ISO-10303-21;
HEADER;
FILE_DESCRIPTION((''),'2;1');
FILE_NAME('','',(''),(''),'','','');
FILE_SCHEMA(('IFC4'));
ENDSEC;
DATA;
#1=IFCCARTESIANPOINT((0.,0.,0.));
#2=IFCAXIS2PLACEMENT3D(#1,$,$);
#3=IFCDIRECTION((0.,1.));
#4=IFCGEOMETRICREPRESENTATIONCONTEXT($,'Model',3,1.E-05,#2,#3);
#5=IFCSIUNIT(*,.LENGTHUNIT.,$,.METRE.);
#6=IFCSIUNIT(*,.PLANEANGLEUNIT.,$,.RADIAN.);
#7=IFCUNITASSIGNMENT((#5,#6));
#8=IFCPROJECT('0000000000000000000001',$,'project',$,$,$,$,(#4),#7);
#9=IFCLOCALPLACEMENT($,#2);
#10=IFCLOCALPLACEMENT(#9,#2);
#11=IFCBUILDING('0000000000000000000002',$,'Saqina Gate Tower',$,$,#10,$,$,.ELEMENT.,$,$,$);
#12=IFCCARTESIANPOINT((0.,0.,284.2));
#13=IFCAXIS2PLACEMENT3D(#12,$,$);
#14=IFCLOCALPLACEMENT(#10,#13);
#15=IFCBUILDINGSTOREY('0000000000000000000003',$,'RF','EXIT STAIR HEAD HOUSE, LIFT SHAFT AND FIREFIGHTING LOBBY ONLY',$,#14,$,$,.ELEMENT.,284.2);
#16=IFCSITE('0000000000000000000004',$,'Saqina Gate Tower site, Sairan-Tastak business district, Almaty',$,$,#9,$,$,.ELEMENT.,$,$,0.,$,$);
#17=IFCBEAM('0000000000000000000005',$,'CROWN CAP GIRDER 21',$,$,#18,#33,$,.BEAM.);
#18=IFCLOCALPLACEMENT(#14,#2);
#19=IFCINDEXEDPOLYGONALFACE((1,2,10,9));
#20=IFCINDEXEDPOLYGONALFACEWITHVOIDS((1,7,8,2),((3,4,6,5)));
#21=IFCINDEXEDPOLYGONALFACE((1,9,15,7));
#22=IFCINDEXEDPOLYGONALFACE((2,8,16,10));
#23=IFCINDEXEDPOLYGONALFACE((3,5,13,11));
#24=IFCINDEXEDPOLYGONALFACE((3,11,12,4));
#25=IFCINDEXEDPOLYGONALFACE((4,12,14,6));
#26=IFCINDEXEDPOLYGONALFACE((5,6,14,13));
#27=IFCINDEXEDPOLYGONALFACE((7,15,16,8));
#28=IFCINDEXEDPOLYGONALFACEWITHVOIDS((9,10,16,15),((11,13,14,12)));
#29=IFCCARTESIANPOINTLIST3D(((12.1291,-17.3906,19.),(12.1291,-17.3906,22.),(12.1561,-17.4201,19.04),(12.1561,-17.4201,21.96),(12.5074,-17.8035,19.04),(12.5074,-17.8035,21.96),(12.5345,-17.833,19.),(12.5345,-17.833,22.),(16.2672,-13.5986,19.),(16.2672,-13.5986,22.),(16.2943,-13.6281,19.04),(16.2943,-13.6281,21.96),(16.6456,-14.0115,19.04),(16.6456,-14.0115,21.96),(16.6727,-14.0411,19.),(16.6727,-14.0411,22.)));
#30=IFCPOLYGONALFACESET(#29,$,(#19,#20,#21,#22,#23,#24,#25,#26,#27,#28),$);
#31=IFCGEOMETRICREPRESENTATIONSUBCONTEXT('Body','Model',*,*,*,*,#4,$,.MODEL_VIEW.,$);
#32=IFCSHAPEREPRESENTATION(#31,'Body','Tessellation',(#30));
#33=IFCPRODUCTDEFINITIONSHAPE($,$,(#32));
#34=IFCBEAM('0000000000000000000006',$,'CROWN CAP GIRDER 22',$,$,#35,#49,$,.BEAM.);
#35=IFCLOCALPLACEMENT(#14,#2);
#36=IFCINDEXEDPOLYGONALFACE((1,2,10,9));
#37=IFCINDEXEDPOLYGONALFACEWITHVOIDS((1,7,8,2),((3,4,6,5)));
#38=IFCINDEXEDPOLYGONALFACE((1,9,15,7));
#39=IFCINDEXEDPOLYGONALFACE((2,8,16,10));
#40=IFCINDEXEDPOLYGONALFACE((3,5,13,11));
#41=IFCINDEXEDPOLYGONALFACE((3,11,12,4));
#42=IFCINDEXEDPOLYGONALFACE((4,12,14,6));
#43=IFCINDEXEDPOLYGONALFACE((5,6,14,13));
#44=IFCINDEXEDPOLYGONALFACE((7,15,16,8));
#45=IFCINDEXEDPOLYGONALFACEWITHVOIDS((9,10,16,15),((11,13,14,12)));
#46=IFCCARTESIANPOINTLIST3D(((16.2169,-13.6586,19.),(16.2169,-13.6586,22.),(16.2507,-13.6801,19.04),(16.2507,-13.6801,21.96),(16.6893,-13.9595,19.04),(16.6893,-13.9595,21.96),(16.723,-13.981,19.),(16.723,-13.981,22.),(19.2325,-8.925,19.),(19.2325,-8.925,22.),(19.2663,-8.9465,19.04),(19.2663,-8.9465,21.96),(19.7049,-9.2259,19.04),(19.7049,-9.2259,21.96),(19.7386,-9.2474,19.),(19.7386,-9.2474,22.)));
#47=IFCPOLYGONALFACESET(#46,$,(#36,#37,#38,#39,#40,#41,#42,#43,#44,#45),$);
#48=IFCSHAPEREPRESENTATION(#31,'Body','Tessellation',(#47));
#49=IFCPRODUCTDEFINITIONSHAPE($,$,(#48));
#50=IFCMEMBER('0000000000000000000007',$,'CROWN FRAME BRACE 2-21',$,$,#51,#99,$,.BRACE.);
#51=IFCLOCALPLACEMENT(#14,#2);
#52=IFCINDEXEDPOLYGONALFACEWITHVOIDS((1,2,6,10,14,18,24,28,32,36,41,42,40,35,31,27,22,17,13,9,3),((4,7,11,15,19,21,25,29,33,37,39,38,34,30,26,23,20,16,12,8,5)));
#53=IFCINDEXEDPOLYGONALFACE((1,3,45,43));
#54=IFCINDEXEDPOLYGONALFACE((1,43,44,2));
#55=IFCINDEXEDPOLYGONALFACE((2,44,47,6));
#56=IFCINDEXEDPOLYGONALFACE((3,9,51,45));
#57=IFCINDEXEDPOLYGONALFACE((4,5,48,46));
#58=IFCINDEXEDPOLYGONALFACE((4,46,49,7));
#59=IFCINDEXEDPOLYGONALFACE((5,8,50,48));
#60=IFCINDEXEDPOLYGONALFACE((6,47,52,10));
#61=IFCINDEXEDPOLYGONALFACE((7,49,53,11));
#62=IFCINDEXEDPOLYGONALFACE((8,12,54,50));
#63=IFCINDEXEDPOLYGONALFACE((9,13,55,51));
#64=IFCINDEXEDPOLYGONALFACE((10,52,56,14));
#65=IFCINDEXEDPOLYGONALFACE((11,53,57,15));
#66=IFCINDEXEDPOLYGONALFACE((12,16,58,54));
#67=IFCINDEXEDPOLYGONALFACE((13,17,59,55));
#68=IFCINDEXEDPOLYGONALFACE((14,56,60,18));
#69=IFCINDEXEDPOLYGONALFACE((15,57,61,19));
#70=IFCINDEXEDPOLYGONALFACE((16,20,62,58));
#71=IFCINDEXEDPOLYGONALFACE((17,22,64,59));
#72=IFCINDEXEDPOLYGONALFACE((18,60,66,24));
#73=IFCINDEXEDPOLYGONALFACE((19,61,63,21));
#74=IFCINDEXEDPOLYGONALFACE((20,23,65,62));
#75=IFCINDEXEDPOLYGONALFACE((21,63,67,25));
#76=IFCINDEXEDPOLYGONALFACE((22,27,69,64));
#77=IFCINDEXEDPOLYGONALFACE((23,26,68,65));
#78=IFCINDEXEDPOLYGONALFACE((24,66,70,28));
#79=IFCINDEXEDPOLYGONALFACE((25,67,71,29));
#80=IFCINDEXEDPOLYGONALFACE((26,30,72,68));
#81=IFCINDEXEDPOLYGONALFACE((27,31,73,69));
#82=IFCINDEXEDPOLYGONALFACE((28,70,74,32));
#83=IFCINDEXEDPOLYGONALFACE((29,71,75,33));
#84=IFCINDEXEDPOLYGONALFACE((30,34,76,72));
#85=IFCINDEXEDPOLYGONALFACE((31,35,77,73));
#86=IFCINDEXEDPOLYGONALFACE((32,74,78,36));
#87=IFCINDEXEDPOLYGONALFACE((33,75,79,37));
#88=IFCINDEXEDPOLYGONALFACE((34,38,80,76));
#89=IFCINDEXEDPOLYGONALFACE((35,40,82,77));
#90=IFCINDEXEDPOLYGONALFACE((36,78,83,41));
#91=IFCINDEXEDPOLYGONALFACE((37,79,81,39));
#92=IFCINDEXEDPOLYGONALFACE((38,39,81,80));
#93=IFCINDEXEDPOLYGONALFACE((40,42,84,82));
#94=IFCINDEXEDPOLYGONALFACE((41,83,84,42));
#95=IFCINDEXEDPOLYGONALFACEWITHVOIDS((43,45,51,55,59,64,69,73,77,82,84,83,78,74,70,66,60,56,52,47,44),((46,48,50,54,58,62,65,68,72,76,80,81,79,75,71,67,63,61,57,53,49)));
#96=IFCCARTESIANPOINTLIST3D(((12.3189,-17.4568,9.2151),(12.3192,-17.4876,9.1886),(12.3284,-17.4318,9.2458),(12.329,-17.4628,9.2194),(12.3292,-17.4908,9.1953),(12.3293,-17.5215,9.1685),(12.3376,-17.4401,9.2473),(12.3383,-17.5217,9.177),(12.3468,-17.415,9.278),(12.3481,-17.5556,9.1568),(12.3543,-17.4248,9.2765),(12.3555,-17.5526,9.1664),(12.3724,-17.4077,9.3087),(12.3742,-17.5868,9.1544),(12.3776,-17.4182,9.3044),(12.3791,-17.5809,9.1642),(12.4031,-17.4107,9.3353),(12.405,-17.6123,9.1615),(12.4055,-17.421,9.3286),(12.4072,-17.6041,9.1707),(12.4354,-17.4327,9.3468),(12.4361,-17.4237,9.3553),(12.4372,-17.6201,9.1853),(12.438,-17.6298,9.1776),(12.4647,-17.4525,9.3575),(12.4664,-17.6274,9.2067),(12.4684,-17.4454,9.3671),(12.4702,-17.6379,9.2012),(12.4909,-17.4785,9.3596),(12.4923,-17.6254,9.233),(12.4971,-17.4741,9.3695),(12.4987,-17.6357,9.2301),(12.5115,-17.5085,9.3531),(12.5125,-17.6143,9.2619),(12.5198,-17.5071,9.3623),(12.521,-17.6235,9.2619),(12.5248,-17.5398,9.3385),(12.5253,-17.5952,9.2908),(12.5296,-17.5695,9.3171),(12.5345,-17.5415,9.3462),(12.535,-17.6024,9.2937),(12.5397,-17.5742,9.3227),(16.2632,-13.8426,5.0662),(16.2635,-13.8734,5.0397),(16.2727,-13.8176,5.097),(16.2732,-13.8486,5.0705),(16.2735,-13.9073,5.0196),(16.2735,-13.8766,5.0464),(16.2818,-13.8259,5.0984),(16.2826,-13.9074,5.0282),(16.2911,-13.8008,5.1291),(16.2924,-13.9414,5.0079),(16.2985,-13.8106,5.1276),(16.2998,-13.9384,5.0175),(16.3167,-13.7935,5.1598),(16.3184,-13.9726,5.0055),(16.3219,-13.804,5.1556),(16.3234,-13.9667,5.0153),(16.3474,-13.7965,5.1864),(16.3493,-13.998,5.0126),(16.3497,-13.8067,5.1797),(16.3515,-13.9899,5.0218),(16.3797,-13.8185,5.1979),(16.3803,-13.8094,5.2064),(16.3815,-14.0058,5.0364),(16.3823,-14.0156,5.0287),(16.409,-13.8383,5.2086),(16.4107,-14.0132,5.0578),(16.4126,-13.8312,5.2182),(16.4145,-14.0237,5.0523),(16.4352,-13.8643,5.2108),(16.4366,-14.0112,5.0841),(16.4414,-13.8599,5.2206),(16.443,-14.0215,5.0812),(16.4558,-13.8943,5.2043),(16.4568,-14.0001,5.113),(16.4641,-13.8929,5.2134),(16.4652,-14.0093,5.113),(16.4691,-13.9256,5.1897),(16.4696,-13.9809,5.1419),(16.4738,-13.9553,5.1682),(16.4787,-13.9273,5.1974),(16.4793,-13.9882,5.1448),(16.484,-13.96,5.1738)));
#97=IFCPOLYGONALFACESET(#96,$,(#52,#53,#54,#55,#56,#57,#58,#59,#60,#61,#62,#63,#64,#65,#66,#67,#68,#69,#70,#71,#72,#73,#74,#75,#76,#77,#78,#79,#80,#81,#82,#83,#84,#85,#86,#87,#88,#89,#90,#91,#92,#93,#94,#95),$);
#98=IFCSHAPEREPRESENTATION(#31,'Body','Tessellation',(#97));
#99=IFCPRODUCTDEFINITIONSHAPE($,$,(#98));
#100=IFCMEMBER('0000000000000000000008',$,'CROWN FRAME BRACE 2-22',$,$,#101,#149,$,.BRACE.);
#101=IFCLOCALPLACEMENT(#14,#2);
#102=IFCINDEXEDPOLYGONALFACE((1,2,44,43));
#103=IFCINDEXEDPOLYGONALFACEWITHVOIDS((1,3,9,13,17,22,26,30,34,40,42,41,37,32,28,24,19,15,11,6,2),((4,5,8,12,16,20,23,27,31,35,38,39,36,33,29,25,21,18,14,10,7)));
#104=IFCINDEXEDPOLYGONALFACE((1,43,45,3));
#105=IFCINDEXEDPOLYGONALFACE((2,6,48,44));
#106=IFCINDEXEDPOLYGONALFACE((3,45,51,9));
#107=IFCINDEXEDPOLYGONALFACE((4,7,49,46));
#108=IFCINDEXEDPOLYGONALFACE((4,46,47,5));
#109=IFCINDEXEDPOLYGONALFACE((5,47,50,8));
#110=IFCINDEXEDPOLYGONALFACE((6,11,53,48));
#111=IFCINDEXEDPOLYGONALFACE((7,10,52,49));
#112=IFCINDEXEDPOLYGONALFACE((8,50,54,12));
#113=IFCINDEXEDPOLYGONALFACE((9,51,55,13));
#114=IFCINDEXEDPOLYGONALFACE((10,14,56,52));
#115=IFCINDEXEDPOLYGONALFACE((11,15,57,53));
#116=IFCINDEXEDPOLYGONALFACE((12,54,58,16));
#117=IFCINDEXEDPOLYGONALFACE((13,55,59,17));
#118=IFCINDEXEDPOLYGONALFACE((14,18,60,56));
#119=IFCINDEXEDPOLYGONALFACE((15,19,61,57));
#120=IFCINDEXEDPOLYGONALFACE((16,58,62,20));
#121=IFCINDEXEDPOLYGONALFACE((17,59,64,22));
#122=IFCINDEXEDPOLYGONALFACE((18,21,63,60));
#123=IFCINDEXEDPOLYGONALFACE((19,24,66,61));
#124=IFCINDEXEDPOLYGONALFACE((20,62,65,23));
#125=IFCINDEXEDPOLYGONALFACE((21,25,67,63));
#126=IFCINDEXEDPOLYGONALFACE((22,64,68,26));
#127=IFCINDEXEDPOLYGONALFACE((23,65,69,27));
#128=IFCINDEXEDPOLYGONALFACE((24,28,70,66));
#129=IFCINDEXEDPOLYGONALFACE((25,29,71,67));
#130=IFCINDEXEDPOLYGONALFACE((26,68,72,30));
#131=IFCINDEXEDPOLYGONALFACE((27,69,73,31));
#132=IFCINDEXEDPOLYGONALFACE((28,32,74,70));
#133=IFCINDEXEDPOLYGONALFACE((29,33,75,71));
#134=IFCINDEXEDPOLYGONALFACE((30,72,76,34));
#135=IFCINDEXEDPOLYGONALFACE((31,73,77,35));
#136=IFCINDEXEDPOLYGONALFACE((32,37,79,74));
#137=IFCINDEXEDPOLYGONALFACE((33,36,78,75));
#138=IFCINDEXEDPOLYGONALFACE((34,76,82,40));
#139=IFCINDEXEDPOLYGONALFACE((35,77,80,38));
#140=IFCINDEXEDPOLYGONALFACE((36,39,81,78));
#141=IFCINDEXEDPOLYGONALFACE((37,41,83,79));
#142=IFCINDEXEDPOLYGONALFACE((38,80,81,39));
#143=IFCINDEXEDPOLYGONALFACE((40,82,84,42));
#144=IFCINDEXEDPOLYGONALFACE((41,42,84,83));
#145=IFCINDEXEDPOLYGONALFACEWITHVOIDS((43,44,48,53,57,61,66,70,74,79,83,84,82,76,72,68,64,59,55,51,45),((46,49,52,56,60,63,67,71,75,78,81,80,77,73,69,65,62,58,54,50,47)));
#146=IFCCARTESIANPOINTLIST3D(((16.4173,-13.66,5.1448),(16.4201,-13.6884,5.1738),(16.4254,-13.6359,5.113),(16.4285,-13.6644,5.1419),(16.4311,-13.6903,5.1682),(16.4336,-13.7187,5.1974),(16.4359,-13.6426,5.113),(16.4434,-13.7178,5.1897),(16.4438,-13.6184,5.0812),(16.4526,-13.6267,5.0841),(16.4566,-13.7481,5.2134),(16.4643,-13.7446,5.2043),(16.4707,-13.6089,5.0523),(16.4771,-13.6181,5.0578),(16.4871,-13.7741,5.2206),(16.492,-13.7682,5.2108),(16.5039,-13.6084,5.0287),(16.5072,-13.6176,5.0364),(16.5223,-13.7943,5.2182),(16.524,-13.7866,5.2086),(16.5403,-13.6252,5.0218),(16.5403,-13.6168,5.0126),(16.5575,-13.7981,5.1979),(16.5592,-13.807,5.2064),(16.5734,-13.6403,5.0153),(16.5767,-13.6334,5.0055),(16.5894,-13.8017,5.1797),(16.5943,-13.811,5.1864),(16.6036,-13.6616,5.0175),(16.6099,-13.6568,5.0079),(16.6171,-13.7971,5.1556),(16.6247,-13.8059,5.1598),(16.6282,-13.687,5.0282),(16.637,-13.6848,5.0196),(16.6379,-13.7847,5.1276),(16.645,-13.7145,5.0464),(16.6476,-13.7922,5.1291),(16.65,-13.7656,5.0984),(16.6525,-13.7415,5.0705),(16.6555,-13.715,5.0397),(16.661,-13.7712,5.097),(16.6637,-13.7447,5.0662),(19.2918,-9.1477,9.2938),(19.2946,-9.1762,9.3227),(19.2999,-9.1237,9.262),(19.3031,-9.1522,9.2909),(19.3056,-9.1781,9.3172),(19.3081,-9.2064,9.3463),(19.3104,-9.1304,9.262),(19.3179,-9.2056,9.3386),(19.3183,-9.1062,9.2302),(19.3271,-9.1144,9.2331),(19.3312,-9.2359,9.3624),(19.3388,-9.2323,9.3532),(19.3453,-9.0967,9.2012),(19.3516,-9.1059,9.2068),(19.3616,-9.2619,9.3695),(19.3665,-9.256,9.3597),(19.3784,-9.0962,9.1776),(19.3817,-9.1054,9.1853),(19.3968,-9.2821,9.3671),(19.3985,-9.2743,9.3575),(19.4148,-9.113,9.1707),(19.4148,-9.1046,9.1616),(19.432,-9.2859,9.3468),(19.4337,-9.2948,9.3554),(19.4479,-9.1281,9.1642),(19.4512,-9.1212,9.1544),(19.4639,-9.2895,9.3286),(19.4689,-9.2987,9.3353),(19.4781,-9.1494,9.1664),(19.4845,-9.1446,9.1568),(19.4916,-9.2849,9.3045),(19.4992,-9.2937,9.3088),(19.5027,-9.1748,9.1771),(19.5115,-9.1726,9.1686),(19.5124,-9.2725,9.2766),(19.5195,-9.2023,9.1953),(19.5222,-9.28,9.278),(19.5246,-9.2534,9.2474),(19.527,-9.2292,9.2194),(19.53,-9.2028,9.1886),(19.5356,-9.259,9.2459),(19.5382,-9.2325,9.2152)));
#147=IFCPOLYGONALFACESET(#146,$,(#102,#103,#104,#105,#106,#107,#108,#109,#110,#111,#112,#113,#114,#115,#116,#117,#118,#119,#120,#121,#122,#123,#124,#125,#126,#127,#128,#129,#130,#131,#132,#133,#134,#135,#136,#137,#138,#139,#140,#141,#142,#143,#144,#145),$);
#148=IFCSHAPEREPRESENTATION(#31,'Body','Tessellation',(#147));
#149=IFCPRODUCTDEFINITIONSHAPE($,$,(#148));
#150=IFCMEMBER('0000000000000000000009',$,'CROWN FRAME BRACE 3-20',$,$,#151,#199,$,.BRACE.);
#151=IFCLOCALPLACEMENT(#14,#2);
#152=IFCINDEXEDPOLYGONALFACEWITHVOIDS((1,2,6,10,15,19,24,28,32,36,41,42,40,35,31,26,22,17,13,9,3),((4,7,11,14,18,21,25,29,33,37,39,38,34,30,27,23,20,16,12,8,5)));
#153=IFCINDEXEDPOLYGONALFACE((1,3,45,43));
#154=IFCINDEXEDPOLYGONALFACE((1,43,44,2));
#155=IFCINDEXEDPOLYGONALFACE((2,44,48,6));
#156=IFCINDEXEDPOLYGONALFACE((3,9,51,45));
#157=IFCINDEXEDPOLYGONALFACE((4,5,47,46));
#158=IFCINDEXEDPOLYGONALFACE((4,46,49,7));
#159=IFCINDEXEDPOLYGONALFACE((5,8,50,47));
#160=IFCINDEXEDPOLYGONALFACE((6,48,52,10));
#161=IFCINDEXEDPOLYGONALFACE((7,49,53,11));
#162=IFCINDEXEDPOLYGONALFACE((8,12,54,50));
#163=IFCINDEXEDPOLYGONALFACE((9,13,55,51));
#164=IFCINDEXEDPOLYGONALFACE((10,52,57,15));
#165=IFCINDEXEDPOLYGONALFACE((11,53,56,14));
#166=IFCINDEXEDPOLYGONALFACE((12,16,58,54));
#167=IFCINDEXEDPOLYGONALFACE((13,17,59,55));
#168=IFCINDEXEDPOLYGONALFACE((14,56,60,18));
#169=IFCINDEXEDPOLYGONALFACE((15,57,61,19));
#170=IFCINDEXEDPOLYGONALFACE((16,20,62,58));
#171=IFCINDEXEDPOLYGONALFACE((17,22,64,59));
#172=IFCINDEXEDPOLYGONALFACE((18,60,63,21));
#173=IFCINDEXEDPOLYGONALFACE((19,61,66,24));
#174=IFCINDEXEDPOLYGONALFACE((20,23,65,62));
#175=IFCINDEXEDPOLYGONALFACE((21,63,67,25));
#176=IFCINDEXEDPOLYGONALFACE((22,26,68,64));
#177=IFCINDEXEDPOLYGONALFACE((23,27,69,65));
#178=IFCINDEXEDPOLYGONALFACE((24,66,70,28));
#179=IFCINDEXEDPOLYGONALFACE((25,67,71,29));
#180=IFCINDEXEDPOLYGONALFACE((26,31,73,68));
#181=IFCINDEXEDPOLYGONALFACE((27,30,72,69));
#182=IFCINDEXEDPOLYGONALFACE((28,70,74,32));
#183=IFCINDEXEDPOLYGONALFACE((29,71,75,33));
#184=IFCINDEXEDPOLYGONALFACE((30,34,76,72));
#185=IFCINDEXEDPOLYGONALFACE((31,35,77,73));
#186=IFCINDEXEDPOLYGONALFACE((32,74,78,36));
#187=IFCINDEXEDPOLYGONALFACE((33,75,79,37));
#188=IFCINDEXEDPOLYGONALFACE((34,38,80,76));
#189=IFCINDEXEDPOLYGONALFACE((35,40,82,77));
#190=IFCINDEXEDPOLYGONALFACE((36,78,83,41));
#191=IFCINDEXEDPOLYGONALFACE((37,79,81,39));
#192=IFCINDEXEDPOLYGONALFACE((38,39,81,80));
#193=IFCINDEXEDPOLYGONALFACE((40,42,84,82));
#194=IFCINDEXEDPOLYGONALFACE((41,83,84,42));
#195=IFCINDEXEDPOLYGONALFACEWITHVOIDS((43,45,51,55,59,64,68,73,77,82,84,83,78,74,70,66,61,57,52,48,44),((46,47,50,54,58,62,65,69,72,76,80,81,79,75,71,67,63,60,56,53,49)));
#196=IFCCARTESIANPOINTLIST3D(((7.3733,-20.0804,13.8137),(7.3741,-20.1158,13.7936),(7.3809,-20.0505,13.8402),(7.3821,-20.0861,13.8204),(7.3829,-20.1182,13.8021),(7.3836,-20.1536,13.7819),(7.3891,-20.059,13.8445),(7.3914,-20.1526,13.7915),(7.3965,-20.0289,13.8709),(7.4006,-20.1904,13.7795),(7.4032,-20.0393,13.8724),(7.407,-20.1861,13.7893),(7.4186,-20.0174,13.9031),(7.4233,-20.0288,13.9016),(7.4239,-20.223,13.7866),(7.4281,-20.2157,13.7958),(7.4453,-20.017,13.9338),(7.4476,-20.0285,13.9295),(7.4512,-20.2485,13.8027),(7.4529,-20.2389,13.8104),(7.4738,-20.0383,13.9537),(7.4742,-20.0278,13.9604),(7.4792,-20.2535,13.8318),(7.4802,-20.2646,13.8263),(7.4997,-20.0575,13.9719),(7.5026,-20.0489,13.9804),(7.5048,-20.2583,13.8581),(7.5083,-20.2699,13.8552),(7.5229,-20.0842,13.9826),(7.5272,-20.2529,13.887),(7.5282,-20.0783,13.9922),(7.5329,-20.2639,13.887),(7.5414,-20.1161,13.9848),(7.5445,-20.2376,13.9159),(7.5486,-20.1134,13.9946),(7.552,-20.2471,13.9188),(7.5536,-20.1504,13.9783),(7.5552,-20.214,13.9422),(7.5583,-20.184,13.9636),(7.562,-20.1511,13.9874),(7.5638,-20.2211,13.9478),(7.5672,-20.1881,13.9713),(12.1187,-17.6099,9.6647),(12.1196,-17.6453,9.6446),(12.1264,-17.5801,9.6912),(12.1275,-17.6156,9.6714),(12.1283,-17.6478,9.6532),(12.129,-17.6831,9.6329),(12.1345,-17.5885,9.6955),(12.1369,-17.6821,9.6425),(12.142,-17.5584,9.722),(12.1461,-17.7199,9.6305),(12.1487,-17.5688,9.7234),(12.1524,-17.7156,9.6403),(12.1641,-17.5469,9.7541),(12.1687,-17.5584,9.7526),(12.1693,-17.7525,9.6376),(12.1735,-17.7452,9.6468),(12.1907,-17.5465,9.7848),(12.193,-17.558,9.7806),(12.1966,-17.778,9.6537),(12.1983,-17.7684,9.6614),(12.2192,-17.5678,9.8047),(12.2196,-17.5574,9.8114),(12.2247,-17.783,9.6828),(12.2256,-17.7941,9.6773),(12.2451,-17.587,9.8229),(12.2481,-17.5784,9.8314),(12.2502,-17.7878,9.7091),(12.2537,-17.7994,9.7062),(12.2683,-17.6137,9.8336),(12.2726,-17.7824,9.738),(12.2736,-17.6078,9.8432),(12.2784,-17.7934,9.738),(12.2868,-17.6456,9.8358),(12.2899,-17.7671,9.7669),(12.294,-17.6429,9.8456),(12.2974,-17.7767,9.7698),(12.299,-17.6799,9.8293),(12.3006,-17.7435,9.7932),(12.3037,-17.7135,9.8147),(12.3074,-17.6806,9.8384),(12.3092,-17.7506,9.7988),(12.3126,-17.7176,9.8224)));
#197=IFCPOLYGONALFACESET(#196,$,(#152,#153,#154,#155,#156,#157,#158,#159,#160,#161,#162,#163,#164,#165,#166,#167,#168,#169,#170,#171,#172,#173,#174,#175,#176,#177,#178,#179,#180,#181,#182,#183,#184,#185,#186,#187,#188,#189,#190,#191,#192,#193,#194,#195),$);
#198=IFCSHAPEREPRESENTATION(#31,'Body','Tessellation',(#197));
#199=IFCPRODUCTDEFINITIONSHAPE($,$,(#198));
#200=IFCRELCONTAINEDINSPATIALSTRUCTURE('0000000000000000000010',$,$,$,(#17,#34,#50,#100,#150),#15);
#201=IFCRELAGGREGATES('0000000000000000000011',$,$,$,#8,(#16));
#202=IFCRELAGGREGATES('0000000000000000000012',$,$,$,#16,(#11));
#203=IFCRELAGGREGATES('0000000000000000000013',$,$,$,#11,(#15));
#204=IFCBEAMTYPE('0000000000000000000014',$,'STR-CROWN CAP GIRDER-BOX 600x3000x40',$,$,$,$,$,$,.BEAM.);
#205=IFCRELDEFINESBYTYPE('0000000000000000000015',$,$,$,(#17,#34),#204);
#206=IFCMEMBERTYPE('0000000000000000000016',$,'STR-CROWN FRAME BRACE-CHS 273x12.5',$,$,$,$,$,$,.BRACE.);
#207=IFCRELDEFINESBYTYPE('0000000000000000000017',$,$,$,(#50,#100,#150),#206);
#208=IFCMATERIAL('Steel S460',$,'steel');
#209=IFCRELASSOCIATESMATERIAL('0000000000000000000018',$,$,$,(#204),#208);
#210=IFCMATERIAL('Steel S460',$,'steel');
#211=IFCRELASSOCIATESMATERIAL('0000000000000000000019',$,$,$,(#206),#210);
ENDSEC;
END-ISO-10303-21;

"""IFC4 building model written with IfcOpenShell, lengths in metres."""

from ifc_helpers import new_model, si_unit, direction, frame, origin, origin_2d, place, context, subcontext, project, spatial, hollow_rectangle, hollow_circle, extrude, material, material_profile, profile_set, type_object, element, save


model = new_model("IFC4")

# Units and contexts
model_context = context("Model", 3, precision=1e-05, world=origin(), true_north=direction((0.0, 1.0)))
body_context = subcontext(model_context, "Body", "Model", "MODEL_VIEW")
ifc_project = project(units=[si_unit("LENGTHUNIT", "METRE"), si_unit("PLANEANGLEUNIT", "RADIAN")], contexts=[model_context])

# Site, building, storey
site_placement = place(None, origin())
site = spatial("IfcSite", under=ifc_project, at=site_placement, Name="Saqina Gate Tower site, Sairan-Tastak business district, Almaty", CompositionType="ELEMENT", RefElevation=0.0)
building_placement = place(site_placement, origin())
building = spatial("IfcBuilding", under=site, at=building_placement, Name="Saqina Gate Tower", CompositionType="ELEMENT")
storey_placement = place(building_placement, frame((0.0, 0.0, 284.2)))
storey = spatial("IfcBuildingStorey", under=building, at=storey_placement, Name="RF", Description="EXIT STAIR HEAD HOUSE, LIFT SHAFT AND FIREFIGHTING LOBBY ONLY", CompositionType="ELEMENT", Elevation=284.2)

# Beams
ifc_material_1 = material(Name="Steel S460", Category="steel")
ifc_material_profile_1 = material_profile(ifc_material_1, hollow_rectangle(XDim=0.6001, YDim=3.0, WallThickness=0.04, at=origin_2d()), Name="BOX 600x3000x40")
ifc_profile_set_1 = profile_set([ifc_material_profile_1], Name="Steel S460")
beam_type_1 = type_object("IfcBeamType", Name="STR-CROWN CAP GIRDER-BOX 600x3000x40", PredefinedType="BEAM", material=ifc_profile_set_1)
beam_1_placement = place(storey_placement, frame((12.3318, -17.6118, 20.5), z_axis=(0.737273, 0.675595, 0.0), x_axis=(-0.675595, 0.737273, 0.0)))
element("IfcBeam", 1, at=beam_1_placement, inside=storey, type_object=beam_type_1, Name="CROWN CAP GIRDER 21", PredefinedType="BEAM", context=body_context, shape_type="SweptSolid", body=[
    extrude(hollow_rectangle(XDim=0.6001, YDim=3.0, WallThickness=0.04, at=origin_2d()), origin(), (0.0, 0.0, 1.0), 5.6128),
])
beam_2_placement = place(storey_placement, frame((16.47, -13.8198, 20.5), z_axis=(0.537295, 0.843395, 0.0), x_axis=(-0.843395, 0.537295, 0.0)))
element("IfcBeam", 2, at=beam_2_placement, inside=storey, type_object=beam_type_1, Name="CROWN CAP GIRDER 22", PredefinedType="BEAM", context=body_context, shape_type="SweptSolid", body=[
    extrude(hollow_rectangle(XDim=0.6001, YDim=3.0, WallThickness=0.04, at=origin_2d()), origin(), (0.0, 0.0, 1.0), 5.6125),
])

# Members
ifc_material_2 = material(Name="Steel S460", Category="steel")
ifc_material_profile_2 = material_profile(ifc_material_2, hollow_circle(Radius=0.1365, WallThickness=0.0125, at=origin_2d()), Name="CHS 273x12.5")
ifc_profile_set_2 = profile_set([ifc_material_profile_2], Name="Steel S460")
member_type = type_object("IfcMemberType", Name="STR-CROWN FRAME BRACE-CHS 273x12.5", PredefinedType="BRACE", material=ifc_profile_set_2)
member_1_placement = place(storey_placement, frame((16.373, -13.9087, 5.113), z_axis=(-0.582611, -0.533856, 0.612831), x_axis=(0.675584, -0.737283, 0.0)))
element("IfcMember", 3, at=member_1_placement, inside=storey, type_object=member_type, Name="CROWN FRAME BRACE 2-21", PredefinedType="BRACE", context=body_context, shape_type="SweptSolid", body=[
    extrude(hollow_circle(Radius=0.1365, WallThickness=0.0125, at=origin_2d()), origin(), (0.0, 0.0, 1.0), 6.77),
])
for number, where, z_axis, x_axis, name in (
    (4, (16.5405, -13.7092, 5.113), (0.424579, 0.666475, 0.612816), (-0.843398, 0.537289, 0.0), "CROWN FRAME BRACE 2-22"),
    (5, (12.2153, -17.6724, 9.738), (-0.700922, -0.364904, 0.612824), (0.461775, -0.886997, 0.0), "CROWN FRAME BRACE 3-20"),
):
    element("IfcMember", number, at=place(storey_placement, frame(where, z_axis=z_axis, x_axis=x_axis)), inside=storey, type_object=member_type, Name=name, PredefinedType="BRACE", context=body_context, shape_type="SweptSolid", body=[
        extrude(hollow_circle(Radius=0.1365, WallThickness=0.0125, at=origin_2d()), origin(), (0.0, 0.0, 1.0), 6.7703),
    ])

save(model, "model.ifc")
